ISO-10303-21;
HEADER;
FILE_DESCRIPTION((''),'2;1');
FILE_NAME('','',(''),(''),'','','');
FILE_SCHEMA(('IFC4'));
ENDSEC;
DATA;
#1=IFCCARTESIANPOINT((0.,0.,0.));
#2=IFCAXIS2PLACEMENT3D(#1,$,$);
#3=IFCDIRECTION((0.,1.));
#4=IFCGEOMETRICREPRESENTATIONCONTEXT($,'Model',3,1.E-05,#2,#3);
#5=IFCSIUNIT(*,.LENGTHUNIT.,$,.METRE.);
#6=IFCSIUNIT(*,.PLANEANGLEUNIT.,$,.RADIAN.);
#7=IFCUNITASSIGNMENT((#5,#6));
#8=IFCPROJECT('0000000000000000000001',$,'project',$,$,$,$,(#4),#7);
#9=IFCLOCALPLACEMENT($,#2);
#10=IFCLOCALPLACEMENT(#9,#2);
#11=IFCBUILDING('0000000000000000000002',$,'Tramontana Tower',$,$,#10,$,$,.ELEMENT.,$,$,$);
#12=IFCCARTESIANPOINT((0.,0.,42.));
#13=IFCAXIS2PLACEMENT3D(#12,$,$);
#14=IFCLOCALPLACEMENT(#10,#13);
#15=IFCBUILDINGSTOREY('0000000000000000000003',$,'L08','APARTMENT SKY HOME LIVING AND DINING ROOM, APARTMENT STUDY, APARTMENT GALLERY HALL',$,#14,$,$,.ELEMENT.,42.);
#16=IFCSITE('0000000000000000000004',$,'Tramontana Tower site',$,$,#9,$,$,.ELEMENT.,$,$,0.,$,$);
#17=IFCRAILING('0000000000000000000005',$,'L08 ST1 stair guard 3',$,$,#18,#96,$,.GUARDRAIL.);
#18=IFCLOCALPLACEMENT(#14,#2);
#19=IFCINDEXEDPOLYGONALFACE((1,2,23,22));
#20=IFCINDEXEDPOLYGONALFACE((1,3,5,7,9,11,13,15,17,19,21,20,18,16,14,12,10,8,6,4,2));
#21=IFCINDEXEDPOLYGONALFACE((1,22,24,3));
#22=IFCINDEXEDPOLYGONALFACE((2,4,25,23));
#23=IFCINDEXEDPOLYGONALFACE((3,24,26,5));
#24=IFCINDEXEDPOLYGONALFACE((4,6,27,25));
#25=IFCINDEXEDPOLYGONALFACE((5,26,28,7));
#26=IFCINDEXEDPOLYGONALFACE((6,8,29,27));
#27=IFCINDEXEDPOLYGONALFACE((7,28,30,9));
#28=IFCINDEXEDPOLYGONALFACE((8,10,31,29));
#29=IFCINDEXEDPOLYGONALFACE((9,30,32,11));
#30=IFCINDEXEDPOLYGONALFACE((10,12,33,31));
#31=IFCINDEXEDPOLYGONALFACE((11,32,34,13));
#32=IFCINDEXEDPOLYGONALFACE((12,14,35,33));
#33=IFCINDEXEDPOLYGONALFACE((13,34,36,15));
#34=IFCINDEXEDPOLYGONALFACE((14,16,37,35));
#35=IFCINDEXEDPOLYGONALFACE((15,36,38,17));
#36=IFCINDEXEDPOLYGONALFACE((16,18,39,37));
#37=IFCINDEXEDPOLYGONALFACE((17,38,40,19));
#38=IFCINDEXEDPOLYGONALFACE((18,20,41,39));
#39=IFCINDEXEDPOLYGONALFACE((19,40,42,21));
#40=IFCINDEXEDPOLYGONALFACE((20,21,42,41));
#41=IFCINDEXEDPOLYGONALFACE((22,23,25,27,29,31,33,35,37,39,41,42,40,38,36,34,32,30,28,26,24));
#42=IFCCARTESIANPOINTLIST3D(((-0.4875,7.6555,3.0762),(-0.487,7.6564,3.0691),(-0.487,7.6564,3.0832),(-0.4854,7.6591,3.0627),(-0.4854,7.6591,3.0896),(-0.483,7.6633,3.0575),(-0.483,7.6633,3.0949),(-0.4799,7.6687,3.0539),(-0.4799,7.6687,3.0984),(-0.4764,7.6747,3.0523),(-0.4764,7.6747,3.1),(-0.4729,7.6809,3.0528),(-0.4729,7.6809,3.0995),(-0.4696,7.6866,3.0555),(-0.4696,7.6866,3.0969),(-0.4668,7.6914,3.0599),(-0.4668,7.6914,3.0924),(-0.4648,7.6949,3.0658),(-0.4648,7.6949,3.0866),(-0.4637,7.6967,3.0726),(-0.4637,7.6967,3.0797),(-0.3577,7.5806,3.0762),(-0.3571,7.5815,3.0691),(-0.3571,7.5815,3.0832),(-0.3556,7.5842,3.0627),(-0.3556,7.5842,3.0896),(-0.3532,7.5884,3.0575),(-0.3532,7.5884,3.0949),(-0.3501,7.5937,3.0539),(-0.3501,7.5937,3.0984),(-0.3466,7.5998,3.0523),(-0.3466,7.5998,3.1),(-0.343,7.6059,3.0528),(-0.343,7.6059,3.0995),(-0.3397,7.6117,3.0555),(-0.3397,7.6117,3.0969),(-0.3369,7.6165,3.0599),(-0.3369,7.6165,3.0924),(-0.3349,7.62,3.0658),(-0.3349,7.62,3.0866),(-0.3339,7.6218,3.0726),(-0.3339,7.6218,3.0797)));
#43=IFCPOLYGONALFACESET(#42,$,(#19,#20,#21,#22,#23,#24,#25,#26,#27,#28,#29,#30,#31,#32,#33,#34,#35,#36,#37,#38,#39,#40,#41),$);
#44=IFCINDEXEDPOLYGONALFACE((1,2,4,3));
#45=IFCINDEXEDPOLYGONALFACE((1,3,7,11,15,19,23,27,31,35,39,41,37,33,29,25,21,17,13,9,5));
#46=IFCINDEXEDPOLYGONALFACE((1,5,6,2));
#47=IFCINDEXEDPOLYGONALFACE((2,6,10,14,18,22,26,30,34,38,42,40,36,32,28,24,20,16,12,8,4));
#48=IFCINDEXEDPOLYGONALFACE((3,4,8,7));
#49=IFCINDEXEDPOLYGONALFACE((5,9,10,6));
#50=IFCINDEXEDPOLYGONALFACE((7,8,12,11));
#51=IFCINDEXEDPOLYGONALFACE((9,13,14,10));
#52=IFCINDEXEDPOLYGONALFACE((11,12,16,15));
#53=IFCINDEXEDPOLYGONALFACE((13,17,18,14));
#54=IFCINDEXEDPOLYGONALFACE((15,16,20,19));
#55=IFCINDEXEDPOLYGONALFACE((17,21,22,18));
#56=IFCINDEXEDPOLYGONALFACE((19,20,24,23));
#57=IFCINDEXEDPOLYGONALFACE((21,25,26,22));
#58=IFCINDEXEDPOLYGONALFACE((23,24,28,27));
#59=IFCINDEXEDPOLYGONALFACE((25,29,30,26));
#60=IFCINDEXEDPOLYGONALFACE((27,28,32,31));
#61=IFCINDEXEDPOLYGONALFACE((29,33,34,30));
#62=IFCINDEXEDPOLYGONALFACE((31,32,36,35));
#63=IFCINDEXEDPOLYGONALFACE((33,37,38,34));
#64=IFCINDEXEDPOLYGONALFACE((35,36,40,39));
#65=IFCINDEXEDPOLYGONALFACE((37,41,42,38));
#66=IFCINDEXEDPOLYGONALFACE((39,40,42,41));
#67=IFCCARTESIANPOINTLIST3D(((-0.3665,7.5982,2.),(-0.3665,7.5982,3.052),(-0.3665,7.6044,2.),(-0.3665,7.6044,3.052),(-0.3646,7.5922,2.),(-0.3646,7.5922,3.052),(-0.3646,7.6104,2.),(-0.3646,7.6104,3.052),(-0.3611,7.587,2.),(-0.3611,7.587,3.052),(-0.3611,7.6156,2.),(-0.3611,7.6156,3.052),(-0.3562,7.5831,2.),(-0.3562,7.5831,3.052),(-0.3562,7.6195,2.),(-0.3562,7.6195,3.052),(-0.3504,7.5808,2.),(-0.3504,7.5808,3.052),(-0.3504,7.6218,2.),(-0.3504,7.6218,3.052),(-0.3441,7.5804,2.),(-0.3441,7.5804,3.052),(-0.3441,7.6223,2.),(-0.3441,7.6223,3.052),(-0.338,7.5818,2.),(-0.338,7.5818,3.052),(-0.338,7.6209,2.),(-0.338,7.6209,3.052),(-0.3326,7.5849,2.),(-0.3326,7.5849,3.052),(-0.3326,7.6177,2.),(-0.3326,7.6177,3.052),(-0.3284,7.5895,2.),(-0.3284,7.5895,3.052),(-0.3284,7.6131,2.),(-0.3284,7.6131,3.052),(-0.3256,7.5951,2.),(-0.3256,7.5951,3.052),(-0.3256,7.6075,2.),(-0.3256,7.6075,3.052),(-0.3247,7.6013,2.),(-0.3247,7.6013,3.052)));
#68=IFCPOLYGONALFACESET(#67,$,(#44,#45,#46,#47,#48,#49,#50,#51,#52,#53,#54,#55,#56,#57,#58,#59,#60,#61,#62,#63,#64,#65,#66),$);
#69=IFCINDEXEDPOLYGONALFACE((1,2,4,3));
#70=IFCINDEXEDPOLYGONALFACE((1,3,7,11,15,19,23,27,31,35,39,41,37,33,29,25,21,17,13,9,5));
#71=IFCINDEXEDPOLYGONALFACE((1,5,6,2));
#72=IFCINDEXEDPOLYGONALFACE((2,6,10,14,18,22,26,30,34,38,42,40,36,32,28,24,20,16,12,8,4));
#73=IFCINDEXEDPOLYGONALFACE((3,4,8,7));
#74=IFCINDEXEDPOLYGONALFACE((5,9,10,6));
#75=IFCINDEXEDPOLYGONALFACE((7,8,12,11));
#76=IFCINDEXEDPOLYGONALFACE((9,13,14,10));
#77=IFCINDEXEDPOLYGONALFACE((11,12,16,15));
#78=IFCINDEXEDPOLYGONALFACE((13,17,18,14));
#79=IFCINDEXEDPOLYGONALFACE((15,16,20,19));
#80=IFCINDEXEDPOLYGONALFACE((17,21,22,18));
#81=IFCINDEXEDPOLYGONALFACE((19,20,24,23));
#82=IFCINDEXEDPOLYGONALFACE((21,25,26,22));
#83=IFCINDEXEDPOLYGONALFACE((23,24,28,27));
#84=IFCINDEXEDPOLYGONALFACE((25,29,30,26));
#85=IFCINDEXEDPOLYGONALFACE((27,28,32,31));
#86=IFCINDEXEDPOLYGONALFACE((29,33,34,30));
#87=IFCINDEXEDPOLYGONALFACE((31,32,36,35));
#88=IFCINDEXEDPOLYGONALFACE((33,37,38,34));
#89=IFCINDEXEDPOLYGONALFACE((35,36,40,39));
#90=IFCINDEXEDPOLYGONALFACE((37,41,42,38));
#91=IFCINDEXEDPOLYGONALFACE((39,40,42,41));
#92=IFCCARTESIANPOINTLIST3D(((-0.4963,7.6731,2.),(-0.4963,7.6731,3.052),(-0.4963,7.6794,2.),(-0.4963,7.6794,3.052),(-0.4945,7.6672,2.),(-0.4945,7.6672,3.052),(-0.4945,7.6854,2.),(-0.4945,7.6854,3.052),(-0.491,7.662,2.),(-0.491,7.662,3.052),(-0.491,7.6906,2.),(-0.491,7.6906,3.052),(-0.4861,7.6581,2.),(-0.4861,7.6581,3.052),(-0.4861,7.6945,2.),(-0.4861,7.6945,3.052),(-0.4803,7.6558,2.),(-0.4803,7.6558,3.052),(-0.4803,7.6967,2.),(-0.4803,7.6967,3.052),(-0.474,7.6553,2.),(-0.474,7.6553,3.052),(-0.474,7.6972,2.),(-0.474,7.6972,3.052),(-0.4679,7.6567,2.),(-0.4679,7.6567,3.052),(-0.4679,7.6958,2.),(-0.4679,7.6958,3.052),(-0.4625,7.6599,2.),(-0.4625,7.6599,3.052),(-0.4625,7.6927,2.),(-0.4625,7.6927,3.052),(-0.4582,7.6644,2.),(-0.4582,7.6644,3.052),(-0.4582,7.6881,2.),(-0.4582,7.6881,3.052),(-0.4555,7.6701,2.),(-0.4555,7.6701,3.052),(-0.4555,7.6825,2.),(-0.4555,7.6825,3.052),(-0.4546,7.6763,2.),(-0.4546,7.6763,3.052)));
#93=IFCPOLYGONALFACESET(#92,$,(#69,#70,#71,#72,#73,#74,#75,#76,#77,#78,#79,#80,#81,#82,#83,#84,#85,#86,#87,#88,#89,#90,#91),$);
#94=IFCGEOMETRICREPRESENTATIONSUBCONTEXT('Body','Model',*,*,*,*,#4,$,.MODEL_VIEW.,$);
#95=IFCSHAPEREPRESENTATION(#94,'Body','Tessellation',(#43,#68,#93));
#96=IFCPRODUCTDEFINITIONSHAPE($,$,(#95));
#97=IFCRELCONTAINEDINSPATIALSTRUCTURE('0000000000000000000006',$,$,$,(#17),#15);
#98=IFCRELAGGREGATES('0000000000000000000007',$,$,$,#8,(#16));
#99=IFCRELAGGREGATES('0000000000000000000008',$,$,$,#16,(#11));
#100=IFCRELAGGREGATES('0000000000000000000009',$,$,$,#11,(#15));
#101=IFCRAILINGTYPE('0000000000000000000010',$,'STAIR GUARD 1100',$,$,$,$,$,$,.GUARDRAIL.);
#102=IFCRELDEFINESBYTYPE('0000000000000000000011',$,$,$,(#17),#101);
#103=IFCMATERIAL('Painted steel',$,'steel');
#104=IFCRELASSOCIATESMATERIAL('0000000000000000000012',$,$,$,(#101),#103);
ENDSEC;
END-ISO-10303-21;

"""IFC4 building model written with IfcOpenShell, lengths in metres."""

from ifc_helpers import new_model, si_unit, direction, frame, origin, origin_2d, place, context, subcontext, project, spatial, circle, extrude, material, type_object, element, save


model = new_model("IFC4")

# Units and contexts
model_context = context("Model", 3, precision=1e-05, world=origin(), true_north=direction((0.0, 1.0)))
body_context = subcontext(model_context, "Body", "Model", "MODEL_VIEW")
ifc_project = project(units=[si_unit("LENGTHUNIT", "METRE"), si_unit("PLANEANGLEUNIT", "RADIAN")], contexts=[model_context])

# Site, building, storey
site_placement = place(None, origin())
site = spatial("IfcSite", under=ifc_project, at=site_placement, Name="Tramontana Tower site", CompositionType="ELEMENT", RefElevation=0.0)
building_placement = place(site_placement, origin())
building = spatial("IfcBuilding", under=site, at=building_placement, Name="Tramontana Tower", CompositionType="ELEMENT")
storey_placement = place(building_placement, frame((0.0, 0.0, 42.0)))
storey = spatial("IfcBuildingStorey", under=building, at=storey_placement, Name="L08", Description="APARTMENT SKY HOME LIVING AND DINING ROOM, APARTMENT STUDY, APARTMENT GALLERY HALL", CompositionType="ELEMENT", Elevation=42.0)

# Railing
ifc_material_1 = material(Name="Painted steel", Category="steel")
railing_type = type_object("IfcRailingType", Name="STAIR GUARD 1100", PredefinedType="GUARDRAIL", material=ifc_material_1)
railing_1_placement = place(storey_placement, frame((-0.3457, 7.6013, 2.0)))
element("IfcRailing", 1, at=railing_1_placement, inside=storey, type_object=railing_type, Name="L08 ST1 stair guard 3", PredefinedType="GUARDRAIL", context=body_context, shape_type="SweptSolid", body=[
    extrude(circle(Radius=0.0239, at=origin_2d()), frame((0.0, 0.0, 1.0762), z_axis=(-0.866131, 0.499816, 0.0), x_axis=(-0.499816, -0.866131, 0.0)), (0.0, 0.0, 1.0), 0.1499),
    extrude(circle(Radius=0.021, at=origin_2d()), origin(), (0.0, 0.0, 1.0), 1.052),
    extrude(circle(Radius=0.021, at=origin_2d()), frame((-0.1299, 0.075, 0.0)), (0.0, 0.0, 1.0), 1.052),
])

save(model, "model.ifc")
